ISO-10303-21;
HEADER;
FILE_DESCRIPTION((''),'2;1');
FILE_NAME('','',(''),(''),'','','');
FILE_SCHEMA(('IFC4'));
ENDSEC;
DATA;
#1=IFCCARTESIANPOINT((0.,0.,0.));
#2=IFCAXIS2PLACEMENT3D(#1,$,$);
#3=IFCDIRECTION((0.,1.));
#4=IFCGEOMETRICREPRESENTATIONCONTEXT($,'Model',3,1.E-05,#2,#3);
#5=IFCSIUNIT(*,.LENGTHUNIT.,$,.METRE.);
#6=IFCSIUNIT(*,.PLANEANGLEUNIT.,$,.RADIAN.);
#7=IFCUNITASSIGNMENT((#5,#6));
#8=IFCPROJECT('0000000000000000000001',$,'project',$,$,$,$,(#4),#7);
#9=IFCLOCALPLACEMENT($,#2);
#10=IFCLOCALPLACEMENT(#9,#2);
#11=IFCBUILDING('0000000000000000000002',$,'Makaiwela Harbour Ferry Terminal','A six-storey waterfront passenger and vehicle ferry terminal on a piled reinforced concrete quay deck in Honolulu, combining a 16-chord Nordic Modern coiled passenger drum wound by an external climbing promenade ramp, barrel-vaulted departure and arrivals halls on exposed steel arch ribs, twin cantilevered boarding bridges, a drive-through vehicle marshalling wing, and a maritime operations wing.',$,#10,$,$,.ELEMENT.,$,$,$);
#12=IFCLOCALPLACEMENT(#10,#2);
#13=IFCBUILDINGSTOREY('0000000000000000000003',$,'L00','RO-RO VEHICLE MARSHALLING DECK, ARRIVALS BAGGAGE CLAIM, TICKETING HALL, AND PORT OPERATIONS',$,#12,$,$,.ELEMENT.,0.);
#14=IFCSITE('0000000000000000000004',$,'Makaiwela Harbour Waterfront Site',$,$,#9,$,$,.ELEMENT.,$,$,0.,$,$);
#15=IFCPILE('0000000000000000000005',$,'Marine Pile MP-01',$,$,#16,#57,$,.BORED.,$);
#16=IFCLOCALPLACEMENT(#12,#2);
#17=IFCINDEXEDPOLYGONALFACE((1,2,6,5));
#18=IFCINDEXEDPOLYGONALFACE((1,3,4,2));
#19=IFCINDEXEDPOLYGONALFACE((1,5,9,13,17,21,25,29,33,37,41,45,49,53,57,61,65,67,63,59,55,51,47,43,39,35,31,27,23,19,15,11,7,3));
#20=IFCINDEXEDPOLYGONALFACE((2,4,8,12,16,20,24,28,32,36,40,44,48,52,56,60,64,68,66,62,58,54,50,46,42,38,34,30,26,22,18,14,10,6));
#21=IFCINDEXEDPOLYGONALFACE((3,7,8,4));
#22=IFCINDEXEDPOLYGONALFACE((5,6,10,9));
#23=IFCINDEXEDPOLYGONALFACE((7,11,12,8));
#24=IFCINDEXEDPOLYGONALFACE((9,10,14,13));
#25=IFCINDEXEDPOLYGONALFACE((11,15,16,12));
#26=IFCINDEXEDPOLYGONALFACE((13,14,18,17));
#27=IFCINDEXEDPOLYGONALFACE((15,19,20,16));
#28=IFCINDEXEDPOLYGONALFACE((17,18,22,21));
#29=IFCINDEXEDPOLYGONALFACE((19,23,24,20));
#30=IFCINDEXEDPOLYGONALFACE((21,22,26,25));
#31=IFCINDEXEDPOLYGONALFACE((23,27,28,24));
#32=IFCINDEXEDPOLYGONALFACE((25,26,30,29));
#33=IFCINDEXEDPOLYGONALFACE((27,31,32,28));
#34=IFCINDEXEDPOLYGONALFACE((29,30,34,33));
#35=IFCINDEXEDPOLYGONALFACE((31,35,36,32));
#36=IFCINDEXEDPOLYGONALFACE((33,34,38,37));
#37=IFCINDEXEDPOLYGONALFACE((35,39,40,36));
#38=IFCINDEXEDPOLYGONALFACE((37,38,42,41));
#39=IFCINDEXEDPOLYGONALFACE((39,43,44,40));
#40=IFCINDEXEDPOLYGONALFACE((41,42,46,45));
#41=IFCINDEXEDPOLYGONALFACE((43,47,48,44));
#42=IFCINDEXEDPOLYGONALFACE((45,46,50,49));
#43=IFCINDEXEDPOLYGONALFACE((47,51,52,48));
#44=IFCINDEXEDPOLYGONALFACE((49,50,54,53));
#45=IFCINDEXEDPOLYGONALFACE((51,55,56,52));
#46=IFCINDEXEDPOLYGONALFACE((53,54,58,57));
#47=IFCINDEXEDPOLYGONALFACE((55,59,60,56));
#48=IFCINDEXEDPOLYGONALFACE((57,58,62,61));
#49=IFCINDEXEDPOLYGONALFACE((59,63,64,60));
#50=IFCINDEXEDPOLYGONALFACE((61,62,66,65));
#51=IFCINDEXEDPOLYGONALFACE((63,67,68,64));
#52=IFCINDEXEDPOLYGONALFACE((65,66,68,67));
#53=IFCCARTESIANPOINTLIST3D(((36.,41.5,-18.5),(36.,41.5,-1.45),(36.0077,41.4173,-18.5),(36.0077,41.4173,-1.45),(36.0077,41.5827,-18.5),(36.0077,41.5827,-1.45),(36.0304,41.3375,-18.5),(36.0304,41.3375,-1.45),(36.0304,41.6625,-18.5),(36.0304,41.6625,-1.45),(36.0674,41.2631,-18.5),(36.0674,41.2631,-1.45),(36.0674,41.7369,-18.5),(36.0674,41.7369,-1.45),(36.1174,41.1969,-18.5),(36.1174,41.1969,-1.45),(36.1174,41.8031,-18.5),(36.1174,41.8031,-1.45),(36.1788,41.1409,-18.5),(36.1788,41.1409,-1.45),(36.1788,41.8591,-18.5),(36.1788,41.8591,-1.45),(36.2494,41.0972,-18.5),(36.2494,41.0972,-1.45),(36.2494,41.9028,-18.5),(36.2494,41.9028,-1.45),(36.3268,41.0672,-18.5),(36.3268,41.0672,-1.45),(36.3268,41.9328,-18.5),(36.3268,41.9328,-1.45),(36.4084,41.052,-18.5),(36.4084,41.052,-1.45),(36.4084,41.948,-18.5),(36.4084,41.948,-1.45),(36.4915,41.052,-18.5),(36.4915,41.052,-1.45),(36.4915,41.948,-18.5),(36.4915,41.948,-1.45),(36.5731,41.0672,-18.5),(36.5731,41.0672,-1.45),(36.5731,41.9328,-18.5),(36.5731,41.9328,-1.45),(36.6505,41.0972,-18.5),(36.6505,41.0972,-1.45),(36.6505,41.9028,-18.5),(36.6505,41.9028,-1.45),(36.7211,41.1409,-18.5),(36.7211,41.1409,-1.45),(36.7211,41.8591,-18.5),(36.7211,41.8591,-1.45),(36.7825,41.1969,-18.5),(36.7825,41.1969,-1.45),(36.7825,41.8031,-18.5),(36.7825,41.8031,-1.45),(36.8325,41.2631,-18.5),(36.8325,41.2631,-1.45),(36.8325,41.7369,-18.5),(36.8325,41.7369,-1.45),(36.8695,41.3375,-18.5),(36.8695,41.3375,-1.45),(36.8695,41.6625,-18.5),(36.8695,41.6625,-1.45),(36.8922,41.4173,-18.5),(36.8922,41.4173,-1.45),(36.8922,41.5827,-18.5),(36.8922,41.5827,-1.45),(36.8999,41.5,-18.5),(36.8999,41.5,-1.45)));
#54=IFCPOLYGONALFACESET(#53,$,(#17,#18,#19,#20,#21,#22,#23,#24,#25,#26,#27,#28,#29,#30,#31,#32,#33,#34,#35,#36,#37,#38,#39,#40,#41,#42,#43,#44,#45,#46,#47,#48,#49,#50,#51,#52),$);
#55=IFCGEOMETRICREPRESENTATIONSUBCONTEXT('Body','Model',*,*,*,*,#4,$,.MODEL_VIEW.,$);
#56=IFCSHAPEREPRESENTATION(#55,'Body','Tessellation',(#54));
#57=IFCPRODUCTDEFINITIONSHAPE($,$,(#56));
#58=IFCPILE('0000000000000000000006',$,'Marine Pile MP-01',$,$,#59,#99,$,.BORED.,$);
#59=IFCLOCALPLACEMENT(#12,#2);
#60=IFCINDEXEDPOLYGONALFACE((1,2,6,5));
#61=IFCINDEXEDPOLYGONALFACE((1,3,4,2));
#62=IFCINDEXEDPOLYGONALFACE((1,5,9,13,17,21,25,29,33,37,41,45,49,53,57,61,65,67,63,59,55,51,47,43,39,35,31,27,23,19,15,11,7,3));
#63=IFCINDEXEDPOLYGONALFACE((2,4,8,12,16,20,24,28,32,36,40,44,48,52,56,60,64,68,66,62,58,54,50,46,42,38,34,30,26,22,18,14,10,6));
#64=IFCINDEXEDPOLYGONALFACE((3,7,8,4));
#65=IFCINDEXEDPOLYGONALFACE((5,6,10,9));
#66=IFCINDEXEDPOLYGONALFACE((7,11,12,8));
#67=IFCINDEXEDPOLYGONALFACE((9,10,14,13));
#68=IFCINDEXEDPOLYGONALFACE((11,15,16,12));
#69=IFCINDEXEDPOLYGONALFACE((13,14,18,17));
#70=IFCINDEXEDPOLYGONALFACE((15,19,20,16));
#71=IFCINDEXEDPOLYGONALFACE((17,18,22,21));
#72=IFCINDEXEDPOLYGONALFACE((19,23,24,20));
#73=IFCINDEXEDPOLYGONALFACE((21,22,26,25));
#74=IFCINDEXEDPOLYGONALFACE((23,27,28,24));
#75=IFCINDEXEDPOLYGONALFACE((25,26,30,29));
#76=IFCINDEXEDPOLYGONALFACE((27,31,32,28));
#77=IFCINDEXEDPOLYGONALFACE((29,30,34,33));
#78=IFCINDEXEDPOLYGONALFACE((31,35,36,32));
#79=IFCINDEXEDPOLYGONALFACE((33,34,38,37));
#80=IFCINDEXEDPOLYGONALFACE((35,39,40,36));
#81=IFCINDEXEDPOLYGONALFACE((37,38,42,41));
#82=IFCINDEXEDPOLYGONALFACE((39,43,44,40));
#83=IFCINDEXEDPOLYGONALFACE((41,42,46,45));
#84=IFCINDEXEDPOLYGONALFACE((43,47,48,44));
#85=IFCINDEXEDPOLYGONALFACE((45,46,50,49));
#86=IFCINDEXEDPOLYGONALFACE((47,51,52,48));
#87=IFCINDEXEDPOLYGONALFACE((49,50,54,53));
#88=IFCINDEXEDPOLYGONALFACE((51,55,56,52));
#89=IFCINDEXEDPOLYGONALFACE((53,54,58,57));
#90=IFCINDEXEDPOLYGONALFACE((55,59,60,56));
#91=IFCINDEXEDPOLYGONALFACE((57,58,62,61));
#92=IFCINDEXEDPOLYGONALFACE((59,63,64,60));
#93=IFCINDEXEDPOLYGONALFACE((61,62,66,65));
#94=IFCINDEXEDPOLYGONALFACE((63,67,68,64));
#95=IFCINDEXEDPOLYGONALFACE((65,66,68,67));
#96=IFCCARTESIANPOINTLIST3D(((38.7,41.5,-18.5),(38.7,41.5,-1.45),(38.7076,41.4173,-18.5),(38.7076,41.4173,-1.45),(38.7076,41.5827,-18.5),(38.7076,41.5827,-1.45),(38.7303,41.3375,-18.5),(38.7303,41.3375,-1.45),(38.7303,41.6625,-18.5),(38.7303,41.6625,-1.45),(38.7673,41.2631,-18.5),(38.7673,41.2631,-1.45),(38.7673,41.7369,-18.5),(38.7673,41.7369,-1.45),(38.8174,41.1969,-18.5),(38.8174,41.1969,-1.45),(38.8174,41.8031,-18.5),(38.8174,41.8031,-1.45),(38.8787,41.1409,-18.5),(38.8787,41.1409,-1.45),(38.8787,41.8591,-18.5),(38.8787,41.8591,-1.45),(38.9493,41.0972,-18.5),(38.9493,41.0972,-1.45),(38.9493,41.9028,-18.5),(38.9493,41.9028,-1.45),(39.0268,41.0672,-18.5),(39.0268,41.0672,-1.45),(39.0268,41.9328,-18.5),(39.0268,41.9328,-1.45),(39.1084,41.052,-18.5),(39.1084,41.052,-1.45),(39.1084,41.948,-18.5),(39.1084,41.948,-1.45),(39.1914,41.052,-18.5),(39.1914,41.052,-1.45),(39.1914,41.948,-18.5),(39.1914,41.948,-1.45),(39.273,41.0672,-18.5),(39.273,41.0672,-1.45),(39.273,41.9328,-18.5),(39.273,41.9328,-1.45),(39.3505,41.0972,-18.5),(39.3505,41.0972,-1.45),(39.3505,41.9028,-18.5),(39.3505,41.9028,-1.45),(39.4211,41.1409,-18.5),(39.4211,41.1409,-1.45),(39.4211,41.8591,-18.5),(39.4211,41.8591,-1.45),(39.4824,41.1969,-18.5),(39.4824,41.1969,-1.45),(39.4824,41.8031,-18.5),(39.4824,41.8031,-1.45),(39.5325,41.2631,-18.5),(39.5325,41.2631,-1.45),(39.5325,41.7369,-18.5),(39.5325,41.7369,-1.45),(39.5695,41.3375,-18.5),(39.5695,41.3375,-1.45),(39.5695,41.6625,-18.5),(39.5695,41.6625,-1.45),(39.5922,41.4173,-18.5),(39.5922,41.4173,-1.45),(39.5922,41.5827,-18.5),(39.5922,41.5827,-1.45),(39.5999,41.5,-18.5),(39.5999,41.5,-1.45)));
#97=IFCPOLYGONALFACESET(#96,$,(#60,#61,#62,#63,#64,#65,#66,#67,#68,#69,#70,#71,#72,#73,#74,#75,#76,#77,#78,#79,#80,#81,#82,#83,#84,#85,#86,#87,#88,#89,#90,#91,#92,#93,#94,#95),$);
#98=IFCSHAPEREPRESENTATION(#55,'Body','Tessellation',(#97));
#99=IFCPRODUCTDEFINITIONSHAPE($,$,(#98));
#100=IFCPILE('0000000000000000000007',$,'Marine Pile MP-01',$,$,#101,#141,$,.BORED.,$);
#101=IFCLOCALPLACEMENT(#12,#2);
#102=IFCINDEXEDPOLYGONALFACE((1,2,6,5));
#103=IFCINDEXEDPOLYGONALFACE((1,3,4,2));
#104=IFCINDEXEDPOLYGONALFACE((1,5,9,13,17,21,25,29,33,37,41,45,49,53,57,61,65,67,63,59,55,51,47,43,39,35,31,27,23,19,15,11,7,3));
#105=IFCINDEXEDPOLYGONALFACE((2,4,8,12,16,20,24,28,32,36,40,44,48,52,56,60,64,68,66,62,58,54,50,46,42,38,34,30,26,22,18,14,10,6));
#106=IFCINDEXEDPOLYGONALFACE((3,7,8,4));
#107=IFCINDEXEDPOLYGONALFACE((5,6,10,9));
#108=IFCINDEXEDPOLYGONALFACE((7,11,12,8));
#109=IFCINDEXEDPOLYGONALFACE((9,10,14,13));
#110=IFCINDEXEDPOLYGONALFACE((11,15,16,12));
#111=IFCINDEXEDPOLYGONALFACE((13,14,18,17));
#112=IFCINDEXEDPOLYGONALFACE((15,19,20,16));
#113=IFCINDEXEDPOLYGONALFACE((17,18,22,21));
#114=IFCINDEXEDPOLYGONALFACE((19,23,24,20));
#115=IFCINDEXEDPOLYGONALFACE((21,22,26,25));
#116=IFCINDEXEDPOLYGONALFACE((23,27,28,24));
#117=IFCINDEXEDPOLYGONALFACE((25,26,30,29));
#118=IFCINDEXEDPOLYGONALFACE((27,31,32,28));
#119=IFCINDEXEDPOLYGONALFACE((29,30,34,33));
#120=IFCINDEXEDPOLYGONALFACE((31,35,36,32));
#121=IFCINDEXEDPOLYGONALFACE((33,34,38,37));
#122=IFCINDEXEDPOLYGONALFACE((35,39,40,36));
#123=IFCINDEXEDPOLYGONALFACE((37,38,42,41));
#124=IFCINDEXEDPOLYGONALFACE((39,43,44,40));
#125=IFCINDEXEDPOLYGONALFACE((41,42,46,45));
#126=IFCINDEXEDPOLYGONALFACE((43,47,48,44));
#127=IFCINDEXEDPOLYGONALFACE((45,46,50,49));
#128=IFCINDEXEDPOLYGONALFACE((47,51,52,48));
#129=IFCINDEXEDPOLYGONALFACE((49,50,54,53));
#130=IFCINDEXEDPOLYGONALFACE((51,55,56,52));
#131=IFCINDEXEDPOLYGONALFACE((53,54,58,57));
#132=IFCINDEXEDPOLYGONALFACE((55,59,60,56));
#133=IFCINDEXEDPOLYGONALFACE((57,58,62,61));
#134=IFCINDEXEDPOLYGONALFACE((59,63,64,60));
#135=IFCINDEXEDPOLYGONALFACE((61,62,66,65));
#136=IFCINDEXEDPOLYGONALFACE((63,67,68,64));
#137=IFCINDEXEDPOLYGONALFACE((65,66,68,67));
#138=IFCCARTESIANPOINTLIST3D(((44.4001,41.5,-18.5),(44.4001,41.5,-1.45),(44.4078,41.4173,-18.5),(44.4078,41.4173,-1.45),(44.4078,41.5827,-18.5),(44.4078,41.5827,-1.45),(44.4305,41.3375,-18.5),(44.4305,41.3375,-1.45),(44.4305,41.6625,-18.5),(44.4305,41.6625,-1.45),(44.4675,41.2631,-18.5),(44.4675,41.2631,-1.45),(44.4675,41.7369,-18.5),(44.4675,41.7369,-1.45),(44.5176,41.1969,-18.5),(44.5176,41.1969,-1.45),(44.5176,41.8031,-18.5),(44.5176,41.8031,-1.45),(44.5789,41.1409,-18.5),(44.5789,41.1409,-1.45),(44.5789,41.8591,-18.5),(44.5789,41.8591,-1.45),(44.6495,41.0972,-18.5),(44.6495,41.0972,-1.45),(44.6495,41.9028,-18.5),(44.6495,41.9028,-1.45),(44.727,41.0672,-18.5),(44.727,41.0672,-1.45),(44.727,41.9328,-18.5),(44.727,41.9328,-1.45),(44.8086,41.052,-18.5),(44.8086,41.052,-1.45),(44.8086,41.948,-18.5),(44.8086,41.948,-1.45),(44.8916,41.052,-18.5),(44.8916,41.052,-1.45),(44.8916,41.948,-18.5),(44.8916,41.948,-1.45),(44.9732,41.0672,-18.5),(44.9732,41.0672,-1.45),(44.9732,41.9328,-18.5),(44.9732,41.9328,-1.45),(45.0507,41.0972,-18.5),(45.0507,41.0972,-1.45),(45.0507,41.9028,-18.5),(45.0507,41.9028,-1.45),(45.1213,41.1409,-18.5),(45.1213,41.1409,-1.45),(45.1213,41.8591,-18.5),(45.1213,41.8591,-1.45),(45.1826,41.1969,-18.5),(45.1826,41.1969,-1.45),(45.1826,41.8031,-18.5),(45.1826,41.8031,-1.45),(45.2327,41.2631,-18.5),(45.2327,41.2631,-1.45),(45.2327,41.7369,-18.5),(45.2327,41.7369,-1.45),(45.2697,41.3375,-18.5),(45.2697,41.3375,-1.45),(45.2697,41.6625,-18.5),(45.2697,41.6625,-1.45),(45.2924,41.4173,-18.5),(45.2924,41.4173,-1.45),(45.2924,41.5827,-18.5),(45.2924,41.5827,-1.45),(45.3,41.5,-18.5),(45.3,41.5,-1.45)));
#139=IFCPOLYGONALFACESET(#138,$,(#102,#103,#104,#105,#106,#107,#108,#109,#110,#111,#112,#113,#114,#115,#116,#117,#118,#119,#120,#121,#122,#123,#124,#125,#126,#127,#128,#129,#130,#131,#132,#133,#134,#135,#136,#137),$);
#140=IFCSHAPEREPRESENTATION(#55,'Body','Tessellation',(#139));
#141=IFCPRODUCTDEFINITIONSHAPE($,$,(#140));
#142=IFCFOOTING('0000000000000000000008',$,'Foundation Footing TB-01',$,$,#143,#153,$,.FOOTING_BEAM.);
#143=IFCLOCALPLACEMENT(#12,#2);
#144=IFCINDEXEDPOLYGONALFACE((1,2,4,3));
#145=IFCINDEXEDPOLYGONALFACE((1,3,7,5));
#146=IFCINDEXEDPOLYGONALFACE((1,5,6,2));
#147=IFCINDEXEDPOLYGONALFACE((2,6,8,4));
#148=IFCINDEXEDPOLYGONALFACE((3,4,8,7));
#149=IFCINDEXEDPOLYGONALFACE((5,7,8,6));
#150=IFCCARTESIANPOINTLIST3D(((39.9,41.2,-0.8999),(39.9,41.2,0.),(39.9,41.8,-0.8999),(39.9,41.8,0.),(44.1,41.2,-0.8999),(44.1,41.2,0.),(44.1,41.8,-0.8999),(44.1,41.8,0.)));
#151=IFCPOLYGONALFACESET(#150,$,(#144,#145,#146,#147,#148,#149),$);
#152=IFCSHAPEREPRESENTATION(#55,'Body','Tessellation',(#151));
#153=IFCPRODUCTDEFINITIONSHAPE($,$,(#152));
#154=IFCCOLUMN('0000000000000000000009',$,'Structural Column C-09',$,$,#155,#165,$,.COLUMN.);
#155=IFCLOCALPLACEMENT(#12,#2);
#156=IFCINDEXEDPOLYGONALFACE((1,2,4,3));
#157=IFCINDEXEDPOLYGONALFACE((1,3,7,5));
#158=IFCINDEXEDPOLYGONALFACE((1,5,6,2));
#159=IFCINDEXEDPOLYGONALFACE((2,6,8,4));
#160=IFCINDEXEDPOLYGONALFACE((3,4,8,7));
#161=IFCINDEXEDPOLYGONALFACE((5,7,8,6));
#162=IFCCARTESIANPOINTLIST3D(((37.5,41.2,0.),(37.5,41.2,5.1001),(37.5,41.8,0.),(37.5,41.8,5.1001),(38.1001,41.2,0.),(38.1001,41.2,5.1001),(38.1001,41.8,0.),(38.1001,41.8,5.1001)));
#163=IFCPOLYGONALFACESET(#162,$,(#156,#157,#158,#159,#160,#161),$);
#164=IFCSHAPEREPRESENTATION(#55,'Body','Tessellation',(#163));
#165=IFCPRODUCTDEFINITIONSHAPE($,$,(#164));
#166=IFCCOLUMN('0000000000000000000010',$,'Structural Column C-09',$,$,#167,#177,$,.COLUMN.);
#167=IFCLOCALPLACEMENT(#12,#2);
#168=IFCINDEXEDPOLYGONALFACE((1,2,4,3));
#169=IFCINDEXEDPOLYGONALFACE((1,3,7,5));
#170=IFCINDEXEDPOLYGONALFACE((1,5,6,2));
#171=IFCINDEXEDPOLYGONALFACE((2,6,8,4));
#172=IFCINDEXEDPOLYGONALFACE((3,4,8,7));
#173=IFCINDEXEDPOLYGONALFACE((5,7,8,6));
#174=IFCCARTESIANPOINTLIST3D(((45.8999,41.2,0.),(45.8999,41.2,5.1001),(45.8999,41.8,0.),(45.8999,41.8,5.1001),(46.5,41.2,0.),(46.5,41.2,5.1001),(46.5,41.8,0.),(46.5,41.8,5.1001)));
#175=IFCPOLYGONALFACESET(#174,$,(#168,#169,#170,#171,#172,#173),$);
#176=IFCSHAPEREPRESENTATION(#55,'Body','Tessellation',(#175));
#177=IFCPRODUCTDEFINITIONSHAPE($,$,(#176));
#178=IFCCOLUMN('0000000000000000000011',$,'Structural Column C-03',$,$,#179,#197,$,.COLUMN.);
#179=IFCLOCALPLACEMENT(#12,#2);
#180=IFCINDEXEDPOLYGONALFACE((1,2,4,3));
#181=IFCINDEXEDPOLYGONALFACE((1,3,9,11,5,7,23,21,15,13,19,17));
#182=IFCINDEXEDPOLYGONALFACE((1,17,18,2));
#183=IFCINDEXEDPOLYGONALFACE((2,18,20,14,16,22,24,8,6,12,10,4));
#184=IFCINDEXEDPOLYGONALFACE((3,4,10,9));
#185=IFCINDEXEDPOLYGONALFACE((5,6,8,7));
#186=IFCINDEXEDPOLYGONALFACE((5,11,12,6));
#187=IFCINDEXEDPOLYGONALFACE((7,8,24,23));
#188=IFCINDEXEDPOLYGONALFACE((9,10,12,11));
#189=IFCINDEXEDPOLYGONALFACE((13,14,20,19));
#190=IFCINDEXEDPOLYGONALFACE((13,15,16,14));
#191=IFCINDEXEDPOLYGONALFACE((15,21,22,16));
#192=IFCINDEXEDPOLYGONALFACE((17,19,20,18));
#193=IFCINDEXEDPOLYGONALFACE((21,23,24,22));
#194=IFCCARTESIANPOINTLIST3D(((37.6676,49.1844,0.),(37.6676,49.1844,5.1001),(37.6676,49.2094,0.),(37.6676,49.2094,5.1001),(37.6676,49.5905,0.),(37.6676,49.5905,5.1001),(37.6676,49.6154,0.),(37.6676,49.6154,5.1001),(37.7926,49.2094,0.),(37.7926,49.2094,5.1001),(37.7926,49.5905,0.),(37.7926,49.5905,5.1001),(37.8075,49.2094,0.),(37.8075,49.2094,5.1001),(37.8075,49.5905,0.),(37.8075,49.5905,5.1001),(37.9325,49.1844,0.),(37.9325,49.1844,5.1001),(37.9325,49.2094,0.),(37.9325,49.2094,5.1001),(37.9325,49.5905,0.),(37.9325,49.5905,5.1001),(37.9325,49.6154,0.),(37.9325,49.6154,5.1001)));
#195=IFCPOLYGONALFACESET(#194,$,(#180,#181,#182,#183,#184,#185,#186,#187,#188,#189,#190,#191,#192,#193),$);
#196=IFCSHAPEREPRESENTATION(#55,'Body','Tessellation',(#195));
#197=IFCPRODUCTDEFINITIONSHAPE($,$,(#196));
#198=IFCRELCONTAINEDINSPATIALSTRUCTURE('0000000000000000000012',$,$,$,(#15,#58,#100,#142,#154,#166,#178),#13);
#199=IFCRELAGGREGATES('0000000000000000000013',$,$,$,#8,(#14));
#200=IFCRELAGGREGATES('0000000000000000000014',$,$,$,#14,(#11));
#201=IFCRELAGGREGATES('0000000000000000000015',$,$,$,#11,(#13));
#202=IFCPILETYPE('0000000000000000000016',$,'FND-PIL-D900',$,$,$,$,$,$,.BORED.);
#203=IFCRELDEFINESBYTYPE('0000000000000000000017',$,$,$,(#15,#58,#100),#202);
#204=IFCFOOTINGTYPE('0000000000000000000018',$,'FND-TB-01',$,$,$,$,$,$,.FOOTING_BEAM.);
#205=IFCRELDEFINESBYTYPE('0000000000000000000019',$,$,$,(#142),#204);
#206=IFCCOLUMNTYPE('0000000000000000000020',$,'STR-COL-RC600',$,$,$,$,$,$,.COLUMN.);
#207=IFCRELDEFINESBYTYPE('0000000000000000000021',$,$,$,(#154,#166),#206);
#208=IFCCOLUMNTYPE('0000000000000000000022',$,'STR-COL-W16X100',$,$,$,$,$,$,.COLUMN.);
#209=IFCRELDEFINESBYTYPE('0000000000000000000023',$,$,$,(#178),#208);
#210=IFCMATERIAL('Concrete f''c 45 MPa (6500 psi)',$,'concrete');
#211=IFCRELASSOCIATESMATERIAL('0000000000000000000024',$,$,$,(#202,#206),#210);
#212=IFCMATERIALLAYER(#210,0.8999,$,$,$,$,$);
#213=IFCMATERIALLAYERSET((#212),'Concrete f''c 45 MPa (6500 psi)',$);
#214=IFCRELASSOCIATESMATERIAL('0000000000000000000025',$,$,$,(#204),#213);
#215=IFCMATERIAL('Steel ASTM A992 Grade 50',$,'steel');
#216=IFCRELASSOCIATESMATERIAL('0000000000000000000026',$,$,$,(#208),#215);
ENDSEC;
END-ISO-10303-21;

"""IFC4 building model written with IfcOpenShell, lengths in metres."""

from ifc_helpers import new_model, si_unit, direction, frame, origin, origin_2d, place, context, subcontext, project, spatial, rectangle, circle, i_section, extrude, material, layer, layer_set, material_profile, profile_set, type_object, element, save


model = new_model("IFC4")

# Units and contexts
model_context = context("Model", 3, precision=1e-05, world=origin(), true_north=direction((0.0, 1.0)))
body_context = subcontext(model_context, "Body", "Model", "MODEL_VIEW")
ifc_project = project(units=[si_unit("LENGTHUNIT", "METRE"), si_unit("PLANEANGLEUNIT", "RADIAN")], contexts=[model_context])

# Site, building, storey
site_placement = place(None, origin())
site = spatial("IfcSite", under=ifc_project, at=site_placement, Name="Makaiwela Harbour Waterfront Site", CompositionType="ELEMENT", RefElevation=0.0)
building_placement = place(site_placement, origin())
building = spatial("IfcBuilding", under=site, at=building_placement, Name="Makaiwela Harbour Ferry Terminal", Description="A six-storey waterfront passenger and vehicle ferry terminal on a piled reinforced concrete quay deck in Honolulu, combining a 16-chord Nordic Modern coiled passenger drum wound by an external climbing promenade ramp, barrel-vaulted departure and arrivals halls on exposed steel arch ribs, twin cantilevered boarding bridges, a drive-through vehicle marshalling wing, and a maritime operations wing.", CompositionType="ELEMENT")
storey_placement = place(building_placement, origin())
storey = spatial("IfcBuildingStorey", under=building, at=storey_placement, Name="L00", Description="RO-RO VEHICLE MARSHALLING DECK, ARRIVALS BAGGAGE CLAIM, TICKETING HALL, AND PORT OPERATIONS", CompositionType="ELEMENT", Elevation=0.0)

# Shared definitions
ifc_material_1 = material(Name="Concrete f'c 45 MPa (6500 psi)", Category="concrete")

# Piles
ifc_material_profile_1 = material_profile(ifc_material_1, circle(Radius=0.45, at=origin_2d()), Name="PILE-D900")
ifc_profile_set_1 = profile_set([ifc_material_profile_1], Name="Concrete f'c 45 MPa (6500 psi)")
pile_type_1 = type_object("IfcPileType", Name="FND-PIL-D900", PredefinedType="BORED", material=ifc_profile_set_1)
for number, where, z_axis, x_axis, name in (
    (1, (36.45, 41.5, -1.45), (0.0, 0.0, -1.0), (1.0, 0.0, 0.0), "Marine Pile MP-01"),
    (2, (39.1499, 41.5, -1.45), (0.0, 0.0, -1.0), (1.0, 0.0, 0.0), "Marine Pile MP-01"),
    (3, (44.8501, 41.5, -1.45), (0.0, 0.0, -1.0), (1.0, 0.0, 0.0), "Marine Pile MP-01"),
):
    element("IfcPile", number, at=place(storey_placement, frame(where, z_axis=z_axis, x_axis=x_axis)), inside=storey, type_object=pile_type_1, Name=name, PredefinedType="BORED", context=body_context, shape_type="SweptSolid", body=[
        extrude(circle(Radius=0.45, at=origin_2d()), origin(), (0.0, 0.0, 1.0), 17.05),
    ])

# Footing
ifc_layer_1 = layer(ifc_material_1, 0.8999)
ifc_layer_set_1 = layer_set([ifc_layer_1], Name="Concrete f'c 45 MPa (6500 psi)")
footing_type_1 = type_object("IfcFootingType", Name="FND-TB-01", PredefinedType="FOOTING_BEAM", material=ifc_layer_set_1)
footing_1_placement = place(storey_placement, frame((42.0, 41.5, -0.8999), z_axis=(0.0, 0.0, 1.0), x_axis=(1.0, 0.0, 0.0)))
element("IfcFooting", 4, at=footing_1_placement, inside=storey, type_object=footing_type_1, Name="Foundation Footing TB-01", PredefinedType="FOOTING_BEAM", context=body_context, shape_type="SweptSolid", body=[
    extrude(rectangle(XDim=4.2, YDim=0.6001, at=origin_2d()), origin(), (0.0, 0.0, 1.0), 0.8999),
])

# Columns
ifc_material_profile_2 = material_profile(ifc_material_1, rectangle(XDim=0.6001, YDim=0.6001, at=origin_2d()), Name="RC-600X600")
ifc_profile_set_2 = profile_set([ifc_material_profile_2], Name="Concrete f'c 45 MPa (6500 psi)")
column_type_1 = type_object("IfcColumnType", Name="STR-COL-RC600", PredefinedType="COLUMN", material=ifc_profile_set_2)
for number, where, z_axis, x_axis, name in (
    (5, (37.8, 41.5, 0.0), (0.0, 0.0, 1.0), (1.0, 0.0, 0.0), "Structural Column C-09"),
    (6, (46.2, 41.5, 0.0), (0.0, 0.0, 1.0), (1.0, 0.0, 0.0), "Structural Column C-09"),
):
    element("IfcColumn", number, at=place(storey_placement, frame(where, z_axis=z_axis, x_axis=x_axis)), inside=storey, type_object=column_type_1, Name=name, PredefinedType="COLUMN", context=body_context, shape_type="SweptSolid", body=[
        extrude(rectangle(XDim=0.6001, YDim=0.6001, at=origin_2d()), origin(), (0.0, 0.0, 1.0), 5.1001),
    ])
ifc_material_2 = material(Name="Steel ASTM A992 Grade 50", Category="steel")
ifc_material_profile_3 = material_profile(ifc_material_2, i_section(OverallWidth=0.2649, OverallDepth=0.4309, WebThickness=0.0149, FlangeThickness=0.0249, at=origin_2d()), Name="W16X100")
ifc_profile_set_3 = profile_set([ifc_material_profile_3], Name="Steel ASTM A992 Grade 50")
column_type_2 = type_object("IfcColumnType", Name="STR-COL-W16X100", PredefinedType="COLUMN", material=ifc_profile_set_3)
for number, where, z_axis, x_axis, name in (
    (7, (37.8, 49.3999, 0.0), (0.0, 0.0, 1.0), (1.0, 0.0, 0.0), "Structural Column C-03"),
):
    element("IfcColumn", number, at=place(storey_placement, frame(where, z_axis=z_axis, x_axis=x_axis)), inside=storey, type_object=column_type_2, Name=name, PredefinedType="COLUMN", context=body_context, shape_type="SweptSolid", body=[
        extrude(i_section(OverallWidth=0.2649, OverallDepth=0.4309, WebThickness=0.0149, FlangeThickness=0.0249, at=origin_2d()), origin(), (0.0, 0.0, 1.0), 5.1001),
    ])

save(model, "model.ifc")
